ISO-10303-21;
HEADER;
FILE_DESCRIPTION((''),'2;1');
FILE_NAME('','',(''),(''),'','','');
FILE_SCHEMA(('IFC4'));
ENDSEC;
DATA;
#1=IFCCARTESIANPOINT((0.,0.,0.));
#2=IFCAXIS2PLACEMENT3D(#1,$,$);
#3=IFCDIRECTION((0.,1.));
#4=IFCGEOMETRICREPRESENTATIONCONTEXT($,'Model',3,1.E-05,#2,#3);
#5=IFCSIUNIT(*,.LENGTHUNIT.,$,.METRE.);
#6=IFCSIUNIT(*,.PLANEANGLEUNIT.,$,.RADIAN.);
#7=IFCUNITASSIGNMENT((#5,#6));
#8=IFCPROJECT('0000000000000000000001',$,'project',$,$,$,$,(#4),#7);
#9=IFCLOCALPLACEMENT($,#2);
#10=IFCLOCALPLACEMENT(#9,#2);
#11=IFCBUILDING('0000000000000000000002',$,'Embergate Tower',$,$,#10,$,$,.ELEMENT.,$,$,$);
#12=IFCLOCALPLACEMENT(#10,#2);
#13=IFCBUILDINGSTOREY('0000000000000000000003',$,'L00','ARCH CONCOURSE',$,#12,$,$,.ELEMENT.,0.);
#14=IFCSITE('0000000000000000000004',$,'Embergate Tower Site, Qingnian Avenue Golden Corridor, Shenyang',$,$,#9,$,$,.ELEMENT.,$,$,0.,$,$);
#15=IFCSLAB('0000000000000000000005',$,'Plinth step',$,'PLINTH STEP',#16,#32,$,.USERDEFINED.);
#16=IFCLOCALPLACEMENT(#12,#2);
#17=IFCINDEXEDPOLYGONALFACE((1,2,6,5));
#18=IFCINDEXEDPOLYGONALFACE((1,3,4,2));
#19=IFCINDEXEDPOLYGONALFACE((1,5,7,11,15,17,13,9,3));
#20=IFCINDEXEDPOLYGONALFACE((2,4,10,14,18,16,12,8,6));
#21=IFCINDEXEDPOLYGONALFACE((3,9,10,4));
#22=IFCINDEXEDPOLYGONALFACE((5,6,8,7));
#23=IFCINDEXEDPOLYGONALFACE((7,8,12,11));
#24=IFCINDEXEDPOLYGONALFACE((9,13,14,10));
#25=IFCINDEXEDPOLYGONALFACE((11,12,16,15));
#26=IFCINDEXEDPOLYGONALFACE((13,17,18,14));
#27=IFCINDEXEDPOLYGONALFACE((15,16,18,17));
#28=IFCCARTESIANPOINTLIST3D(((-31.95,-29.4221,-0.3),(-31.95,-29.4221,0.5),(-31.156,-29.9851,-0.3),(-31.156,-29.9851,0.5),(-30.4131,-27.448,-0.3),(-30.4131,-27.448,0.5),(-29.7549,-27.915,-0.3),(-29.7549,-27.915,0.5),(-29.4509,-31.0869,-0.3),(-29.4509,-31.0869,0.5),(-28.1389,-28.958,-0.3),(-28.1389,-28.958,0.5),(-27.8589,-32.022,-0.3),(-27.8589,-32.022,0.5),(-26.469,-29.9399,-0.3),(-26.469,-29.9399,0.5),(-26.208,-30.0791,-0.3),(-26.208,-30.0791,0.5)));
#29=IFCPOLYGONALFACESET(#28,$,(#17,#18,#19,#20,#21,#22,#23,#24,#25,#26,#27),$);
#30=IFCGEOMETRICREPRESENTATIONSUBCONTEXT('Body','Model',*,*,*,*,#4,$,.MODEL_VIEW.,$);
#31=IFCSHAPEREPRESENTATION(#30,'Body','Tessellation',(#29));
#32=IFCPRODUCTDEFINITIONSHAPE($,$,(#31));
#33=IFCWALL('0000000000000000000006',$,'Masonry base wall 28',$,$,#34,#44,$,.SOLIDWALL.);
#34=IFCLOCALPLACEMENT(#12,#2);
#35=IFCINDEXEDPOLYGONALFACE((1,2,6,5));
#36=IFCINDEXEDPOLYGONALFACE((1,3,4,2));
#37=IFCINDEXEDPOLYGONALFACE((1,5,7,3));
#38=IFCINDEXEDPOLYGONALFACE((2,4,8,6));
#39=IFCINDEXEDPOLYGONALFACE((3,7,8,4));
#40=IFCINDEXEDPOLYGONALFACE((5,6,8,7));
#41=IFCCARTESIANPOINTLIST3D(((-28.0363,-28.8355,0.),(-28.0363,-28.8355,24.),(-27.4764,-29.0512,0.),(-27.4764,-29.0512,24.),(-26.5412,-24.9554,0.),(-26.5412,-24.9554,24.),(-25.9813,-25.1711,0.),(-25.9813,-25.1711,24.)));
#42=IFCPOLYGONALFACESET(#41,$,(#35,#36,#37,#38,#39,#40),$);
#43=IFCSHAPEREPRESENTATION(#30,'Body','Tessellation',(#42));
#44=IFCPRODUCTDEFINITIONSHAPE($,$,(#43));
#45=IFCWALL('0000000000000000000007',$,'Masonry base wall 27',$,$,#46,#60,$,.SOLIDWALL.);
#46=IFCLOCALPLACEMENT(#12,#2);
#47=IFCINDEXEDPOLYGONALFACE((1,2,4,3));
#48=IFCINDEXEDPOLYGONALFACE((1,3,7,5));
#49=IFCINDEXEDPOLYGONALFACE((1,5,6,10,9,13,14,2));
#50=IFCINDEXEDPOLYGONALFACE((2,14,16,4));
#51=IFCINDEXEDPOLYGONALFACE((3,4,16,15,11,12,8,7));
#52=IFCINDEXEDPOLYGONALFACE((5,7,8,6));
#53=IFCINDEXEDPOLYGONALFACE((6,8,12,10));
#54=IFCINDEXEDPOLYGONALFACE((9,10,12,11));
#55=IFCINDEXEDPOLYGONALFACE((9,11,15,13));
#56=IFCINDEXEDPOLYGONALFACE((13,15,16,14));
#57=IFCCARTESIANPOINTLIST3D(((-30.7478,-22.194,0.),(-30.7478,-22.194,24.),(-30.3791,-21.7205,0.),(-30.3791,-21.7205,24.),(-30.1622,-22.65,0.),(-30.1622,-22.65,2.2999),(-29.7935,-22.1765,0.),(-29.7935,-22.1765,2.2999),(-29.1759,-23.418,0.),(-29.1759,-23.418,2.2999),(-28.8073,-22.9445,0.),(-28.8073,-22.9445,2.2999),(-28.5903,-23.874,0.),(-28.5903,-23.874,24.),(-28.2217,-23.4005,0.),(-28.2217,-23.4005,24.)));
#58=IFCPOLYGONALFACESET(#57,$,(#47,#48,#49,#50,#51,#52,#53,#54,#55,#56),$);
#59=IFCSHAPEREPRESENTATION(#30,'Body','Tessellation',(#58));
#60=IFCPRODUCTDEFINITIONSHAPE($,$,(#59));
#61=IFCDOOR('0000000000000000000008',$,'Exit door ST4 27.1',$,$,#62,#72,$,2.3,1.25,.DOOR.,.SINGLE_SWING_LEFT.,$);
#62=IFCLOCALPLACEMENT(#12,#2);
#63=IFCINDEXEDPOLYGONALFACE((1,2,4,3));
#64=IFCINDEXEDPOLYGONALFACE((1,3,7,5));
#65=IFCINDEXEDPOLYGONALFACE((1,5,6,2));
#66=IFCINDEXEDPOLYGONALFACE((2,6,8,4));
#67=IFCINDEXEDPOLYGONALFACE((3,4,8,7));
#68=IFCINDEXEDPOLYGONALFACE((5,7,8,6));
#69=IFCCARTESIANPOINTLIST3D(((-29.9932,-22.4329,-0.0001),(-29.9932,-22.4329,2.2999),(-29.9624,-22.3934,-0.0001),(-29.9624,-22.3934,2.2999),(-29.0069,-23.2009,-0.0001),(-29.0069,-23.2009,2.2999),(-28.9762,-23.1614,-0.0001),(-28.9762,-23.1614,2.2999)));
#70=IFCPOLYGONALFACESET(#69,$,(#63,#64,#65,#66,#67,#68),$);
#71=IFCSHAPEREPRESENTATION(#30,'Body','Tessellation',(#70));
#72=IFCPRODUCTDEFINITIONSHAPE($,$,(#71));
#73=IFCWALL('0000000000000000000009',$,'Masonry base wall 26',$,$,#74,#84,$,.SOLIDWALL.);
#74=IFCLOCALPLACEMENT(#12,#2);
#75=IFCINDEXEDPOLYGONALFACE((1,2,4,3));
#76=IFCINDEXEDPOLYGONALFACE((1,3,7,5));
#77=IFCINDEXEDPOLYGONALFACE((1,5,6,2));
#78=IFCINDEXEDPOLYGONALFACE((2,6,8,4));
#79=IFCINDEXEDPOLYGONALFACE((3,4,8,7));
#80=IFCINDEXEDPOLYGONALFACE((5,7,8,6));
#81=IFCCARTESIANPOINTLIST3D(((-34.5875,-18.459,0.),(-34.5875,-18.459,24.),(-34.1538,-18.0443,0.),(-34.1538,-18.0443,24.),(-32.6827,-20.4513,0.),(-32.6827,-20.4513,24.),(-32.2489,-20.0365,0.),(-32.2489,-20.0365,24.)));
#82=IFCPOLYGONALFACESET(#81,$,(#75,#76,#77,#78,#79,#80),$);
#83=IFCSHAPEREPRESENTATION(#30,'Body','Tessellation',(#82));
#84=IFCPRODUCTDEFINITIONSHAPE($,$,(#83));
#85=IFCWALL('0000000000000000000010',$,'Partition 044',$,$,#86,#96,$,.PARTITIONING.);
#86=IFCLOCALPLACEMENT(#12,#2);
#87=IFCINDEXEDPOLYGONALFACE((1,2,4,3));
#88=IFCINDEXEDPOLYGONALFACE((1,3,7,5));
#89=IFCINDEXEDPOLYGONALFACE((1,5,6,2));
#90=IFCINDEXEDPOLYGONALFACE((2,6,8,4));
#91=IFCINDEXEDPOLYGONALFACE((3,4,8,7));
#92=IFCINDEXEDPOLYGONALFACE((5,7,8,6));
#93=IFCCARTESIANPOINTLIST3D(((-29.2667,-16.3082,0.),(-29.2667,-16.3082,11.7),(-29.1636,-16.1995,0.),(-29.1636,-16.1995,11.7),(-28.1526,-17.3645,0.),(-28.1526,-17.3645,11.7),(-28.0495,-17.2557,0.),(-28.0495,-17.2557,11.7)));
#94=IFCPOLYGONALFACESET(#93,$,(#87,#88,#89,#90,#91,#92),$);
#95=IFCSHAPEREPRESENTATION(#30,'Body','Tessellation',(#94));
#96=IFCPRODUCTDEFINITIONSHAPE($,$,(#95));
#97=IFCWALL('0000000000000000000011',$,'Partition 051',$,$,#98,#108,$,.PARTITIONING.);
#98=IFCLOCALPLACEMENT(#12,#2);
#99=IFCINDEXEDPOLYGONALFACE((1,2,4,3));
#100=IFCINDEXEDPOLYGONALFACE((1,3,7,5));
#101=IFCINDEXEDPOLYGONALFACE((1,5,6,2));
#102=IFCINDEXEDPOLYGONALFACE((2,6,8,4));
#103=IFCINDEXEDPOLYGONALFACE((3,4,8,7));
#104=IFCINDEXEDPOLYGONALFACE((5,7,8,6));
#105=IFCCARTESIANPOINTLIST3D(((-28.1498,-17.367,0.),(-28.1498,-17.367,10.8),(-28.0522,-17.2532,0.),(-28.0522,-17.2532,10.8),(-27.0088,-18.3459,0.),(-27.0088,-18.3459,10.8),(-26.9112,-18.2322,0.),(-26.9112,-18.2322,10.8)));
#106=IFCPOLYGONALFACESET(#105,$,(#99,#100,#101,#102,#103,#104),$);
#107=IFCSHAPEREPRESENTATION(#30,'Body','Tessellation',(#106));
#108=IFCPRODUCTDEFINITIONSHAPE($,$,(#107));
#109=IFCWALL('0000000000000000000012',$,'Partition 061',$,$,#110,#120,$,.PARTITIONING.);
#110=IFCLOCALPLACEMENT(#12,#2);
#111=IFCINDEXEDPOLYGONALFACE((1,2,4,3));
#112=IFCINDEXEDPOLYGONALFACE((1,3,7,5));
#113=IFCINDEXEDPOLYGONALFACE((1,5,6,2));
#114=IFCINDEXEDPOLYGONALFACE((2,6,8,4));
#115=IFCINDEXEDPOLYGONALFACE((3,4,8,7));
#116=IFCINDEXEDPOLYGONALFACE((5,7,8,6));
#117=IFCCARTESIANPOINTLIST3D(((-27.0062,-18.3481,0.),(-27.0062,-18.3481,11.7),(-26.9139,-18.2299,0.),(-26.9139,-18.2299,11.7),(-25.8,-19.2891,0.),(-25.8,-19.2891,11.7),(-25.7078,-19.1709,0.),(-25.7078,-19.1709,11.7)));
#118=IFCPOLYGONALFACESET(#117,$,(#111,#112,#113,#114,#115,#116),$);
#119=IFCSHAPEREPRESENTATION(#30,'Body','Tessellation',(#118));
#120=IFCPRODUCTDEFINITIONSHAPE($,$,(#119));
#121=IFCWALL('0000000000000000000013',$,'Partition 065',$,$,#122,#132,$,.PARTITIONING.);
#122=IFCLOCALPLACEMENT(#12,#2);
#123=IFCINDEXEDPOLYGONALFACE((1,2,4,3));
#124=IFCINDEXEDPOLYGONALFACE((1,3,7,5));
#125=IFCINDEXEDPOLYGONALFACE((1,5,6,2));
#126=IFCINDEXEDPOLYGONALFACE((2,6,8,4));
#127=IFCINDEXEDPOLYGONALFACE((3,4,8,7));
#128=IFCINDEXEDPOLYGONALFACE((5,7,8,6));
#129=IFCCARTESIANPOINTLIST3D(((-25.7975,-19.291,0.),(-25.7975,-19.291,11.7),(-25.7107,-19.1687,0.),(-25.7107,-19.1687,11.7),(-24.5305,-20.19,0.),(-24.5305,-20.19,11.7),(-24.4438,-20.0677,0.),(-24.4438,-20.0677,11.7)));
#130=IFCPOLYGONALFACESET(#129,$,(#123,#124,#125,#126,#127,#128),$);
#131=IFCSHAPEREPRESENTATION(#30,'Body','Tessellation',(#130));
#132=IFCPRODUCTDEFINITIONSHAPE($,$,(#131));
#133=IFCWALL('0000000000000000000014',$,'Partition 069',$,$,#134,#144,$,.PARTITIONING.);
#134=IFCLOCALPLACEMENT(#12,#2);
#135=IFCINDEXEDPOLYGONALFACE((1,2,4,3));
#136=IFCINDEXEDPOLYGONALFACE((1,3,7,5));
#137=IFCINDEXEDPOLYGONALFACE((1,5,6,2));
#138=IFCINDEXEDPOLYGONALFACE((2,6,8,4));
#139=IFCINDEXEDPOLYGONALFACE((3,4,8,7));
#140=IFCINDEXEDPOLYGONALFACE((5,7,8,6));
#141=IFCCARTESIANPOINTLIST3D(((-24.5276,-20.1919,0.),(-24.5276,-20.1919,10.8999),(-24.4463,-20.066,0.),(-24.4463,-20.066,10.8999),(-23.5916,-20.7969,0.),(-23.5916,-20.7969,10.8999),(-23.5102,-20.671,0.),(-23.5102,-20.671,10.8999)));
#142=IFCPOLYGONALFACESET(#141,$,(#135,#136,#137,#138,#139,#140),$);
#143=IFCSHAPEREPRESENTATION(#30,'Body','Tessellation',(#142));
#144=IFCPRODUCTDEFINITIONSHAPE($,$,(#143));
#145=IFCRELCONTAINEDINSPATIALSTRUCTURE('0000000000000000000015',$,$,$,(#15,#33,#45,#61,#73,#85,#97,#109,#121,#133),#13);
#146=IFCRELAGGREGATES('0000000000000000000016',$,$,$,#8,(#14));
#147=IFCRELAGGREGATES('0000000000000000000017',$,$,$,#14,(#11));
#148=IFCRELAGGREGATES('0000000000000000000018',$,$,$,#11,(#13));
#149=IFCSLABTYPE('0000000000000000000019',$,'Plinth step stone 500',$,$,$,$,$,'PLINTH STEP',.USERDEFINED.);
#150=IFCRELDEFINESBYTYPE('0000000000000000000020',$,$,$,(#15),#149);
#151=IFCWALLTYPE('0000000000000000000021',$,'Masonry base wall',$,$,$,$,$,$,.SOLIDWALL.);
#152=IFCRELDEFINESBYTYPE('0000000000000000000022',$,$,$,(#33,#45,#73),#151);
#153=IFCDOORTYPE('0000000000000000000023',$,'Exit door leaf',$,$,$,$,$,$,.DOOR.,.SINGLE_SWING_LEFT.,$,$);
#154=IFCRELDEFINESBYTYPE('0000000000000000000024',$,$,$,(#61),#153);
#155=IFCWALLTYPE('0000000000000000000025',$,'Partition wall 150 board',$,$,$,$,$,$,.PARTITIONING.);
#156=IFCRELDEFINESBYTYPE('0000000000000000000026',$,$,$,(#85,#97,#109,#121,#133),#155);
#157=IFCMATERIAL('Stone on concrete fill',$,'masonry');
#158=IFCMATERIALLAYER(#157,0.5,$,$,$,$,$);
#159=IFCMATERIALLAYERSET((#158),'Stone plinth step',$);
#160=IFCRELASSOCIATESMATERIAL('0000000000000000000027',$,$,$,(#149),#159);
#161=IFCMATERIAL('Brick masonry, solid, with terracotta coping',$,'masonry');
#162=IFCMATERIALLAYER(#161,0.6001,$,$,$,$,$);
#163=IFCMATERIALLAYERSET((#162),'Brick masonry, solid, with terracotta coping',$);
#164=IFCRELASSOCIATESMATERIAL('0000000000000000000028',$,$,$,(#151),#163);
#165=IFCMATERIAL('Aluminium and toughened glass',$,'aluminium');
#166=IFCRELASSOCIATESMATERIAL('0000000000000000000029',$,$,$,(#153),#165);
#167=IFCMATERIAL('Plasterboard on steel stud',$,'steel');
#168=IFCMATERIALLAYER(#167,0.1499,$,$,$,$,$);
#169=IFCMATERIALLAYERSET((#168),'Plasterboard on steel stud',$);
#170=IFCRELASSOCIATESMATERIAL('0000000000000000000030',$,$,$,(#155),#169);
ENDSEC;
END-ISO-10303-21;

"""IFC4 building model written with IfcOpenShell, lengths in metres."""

from ifc_helpers import new_model, si_unit, direction, frame, frame_2d, origin, place, context, subcontext, project, spatial, polyline, rectangle, outline, extrude, source, transform, mapped, material, layer, layer_set, type_object, element, fill, save


model = new_model("IFC4")

# Units and contexts
model_context = context("Model", 3, precision=1e-05, world=origin(), true_north=direction((0.0, 1.0)))
body_context = subcontext(model_context, "Body", "Model", "MODEL_VIEW")
ifc_project = project(units=[si_unit("LENGTHUNIT", "METRE"), si_unit("PLANEANGLEUNIT", "RADIAN")], contexts=[model_context])

# Site, building, storey
site_placement = place(None, origin())
site = spatial("IfcSite", under=ifc_project, at=site_placement, Name="Embergate Tower Site, Qingnian Avenue Golden Corridor, Shenyang", CompositionType="ELEMENT", RefElevation=0.0)
building_placement = place(site_placement, origin())
building = spatial("IfcBuilding", under=site, at=building_placement, Name="Embergate Tower", CompositionType="ELEMENT")
storey_placement = place(building_placement, origin())
storey = spatial("IfcBuildingStorey", under=building, at=storey_placement, Name="L00", Description="ARCH CONCOURSE", CompositionType="ELEMENT", Elevation=0.0)

# Slab
ifc_material_1 = material(Name="Stone on concrete fill", Category="masonry")
ifc_layer_1 = layer(ifc_material_1, 0.5)
ifc_layer_set_1 = layer_set([ifc_layer_1], Name="Stone plinth step")
slab_type_1 = type_object("IfcSlabType", Name="Plinth step stone 500", ElementType="PLINTH STEP", PredefinedType="USERDEFINED", material=ifc_layer_set_1)
shared_shape_1 = source(origin(), body_context, "Body", "SweptSolid", [
    extrude(outline(polyline([(0.0, 0.0), (-1.592, 0.9351), (-3.2971, 2.0369), (-4.0911, 2.5999), (-2.5542, 4.574), (-1.896, 4.1069), (-0.28, 3.064), (1.3899, 2.082), (1.6509, 1.9429), (0.0, 0.0)])), origin(), (0.0, 0.0, 1.0), 0.8),
])
slab_1_placement = place(storey_placement, frame((-27.8589, -32.022, -0.3)))
element("IfcSlab", 1, at=slab_1_placement, inside=storey, type_object=slab_type_1, Name="Plinth step", ObjectType="PLINTH STEP", PredefinedType="USERDEFINED", context=body_context, shape_type="MappedRepresentation", body=[
    mapped(shared_shape_1, transform((0.0, 0.0, 0.0))),
])

# Wall
ifc_material_2 = material(Name="Brick masonry, solid, with terracotta coping", Category="masonry")
ifc_layer_2 = layer(ifc_material_2, 0.6001)
ifc_layer_set_2 = layer_set([ifc_layer_2], Name="Brick masonry, solid, with terracotta coping")
wall_type_1 = type_object("IfcWallType", Name="Masonry base wall", PredefinedType="SOLIDWALL", material=ifc_layer_set_2)
shared_shape_2 = source(origin(), body_context, "Body", "SweptSolid", [
    extrude(rectangle(XDim=4.1582, YDim=0.6001, at=frame_2d((2.0791, 0.0))), origin(), (0.0, 0.0, 1.0), 24.0),
])
wall_1_placement = place(storey_placement, frame((-27.7563, -28.9434, 0.0), z_axis=(0.0, 0.0, 1.0), x_axis=(0.359557, 0.933123, 0.0)))
element("IfcWall", 2, at=wall_1_placement, inside=storey, type_object=wall_type_1, Name="Masonry base wall 28", PredefinedType="SOLIDWALL", context=body_context, shape_type="MappedRepresentation", body=[
    mapped(shared_shape_2, transform((0.0, 0.0, 0.0))),
])

# Wall, opening, door
shared_shape_3 = source(origin(), body_context, "Body", "SweptSolid", [
    extrude(rectangle(XDim=2.7344, YDim=0.6001, at=frame_2d((1.3672, 0.0))), origin(), (0.0, 0.0, 1.0), 24.0),
])
wall_2_placement = place(storey_placement, frame((-28.406, -23.6372, 0.0), z_axis=(0.0, 0.0, 1.0), x_axis=(-0.789016, 0.614373, 0.0)))
wall_2 = element("IfcWall", 3, at=wall_2_placement, inside=storey, type_object=wall_type_1, Name="Masonry base wall 27", PredefinedType="SOLIDWALL", context=body_context, shape_type="MappedRepresentation", body=[
    mapped(shared_shape_3, transform((0.0, 0.0, 0.0))),
])
shared_shape_4 = source(origin(), body_context, "Body", "SweptSolid", [
    extrude(rectangle(XDim=1.25, YDim=2.3, at=frame_2d((0.625, 1.1499))), frame((0.0, 0.3101, 0.0), z_axis=(0.0, -1.0, 0.0), x_axis=(1.0, 0.0, 0.0)), (0.0, 0.0, 1.0), 0.6201),
])
opening_placement = place(wall_2_placement, frame((0.7422, 0.0, 0.0)))
opening = element("IfcOpeningElement", 4, at=opening_placement, cuts=wall_2, PredefinedType="OPENING", context=body_context, shape_type="MappedRepresentation", body=[
    mapped(shared_shape_4, transform((0.0, 0.0, 0.0))),
])
ifc_material_3 = material(Name="Aluminium and toughened glass", Category="aluminium")
door_type = type_object("IfcDoorType", Name="Exit door leaf", OperationType="SINGLE_SWING_LEFT", PredefinedType="DOOR", material=ifc_material_3)
shared_shape_5 = source(origin(), body_context, "Body", "SweptSolid", [
    extrude(rectangle(XDim=1.25, YDim=2.3, at=frame_2d((0.625, 1.1499))), frame((0.0, 0.0249, 0.0), z_axis=(0.0, -1.0, 0.0), x_axis=(1.0, 0.0, 0.0)), (0.0, 0.0, 1.0), 0.05),
])
door_placement = place(opening_placement, origin())
door = element("IfcDoor", 5, at=door_placement, inside=storey, type_object=door_type, Name="Exit door ST4 27.1", OperationType="SINGLE_SWING_LEFT", OverallHeight=2.3, OverallWidth=1.25, PredefinedType="DOOR", context=body_context, shape_type="MappedRepresentation", body=[
    mapped(shared_shape_5, transform((0.0, 0.0, 0.0))),
])
fill(opening, door)

# Walls
shared_shape_6 = source(origin(), body_context, "Body", "SweptSolid", [
    extrude(rectangle(XDim=2.7563, YDim=0.6001, at=frame_2d((1.3782, 0.0))), origin(), (0.0, 0.0, 1.0), 24.0),
])
wall_3_placement = place(storey_placement, frame((-32.4658, -20.2439, 0.0), z_axis=(0.0, 0.0, 1.0), x_axis=(-0.691074, 0.722784, 0.0)))
element("IfcWall", 6, at=wall_3_placement, inside=storey, type_object=wall_type_1, Name="Masonry base wall 26", PredefinedType="SOLIDWALL", context=body_context, shape_type="MappedRepresentation", body=[
    mapped(shared_shape_6, transform((0.0, 0.0, 0.0))),
])
ifc_material_4 = material(Name="Plasterboard on steel stud", Category="steel")
ifc_layer_3 = layer(ifc_material_4, 0.1499)
ifc_layer_set_3 = layer_set([ifc_layer_3], Name="Plasterboard on steel stud")
wall_type_2 = type_object("IfcWallType", Name="Partition wall 150 board", PredefinedType="PARTITIONING", material=ifc_layer_set_3)
shared_shape_7 = source(origin(), body_context, "Body", "SweptSolid", [
    extrude(rectangle(XDim=1.5352, YDim=0.1499, at=frame_2d((0.7676, 0.0))), origin(), (0.0, 0.0, 1.0), 11.7),
])
wall_4_placement = place(storey_placement, frame((-28.1011, -17.3101, 0.0), z_axis=(0.0, 0.0, 1.0), x_axis=(-0.725702, 0.688009, 0.0)))
element("IfcWall", 7, at=wall_4_placement, inside=storey, type_object=wall_type_2, Name="Partition 044", PredefinedType="PARTITIONING", context=body_context, shape_type="MappedRepresentation", body=[
    mapped(shared_shape_7, transform((0.0, 0.0, 0.0))),
])
shared_shape_8 = source(origin(), body_context, "Body", "SweptSolid", [
    extrude(rectangle(XDim=1.5034, YDim=0.1499, at=frame_2d((0.7517, 0.0))), origin(), (0.0, 0.0, 1.0), 10.8),
])
wall_5_placement = place(storey_placement, frame((-26.96, -18.2891, 0.0), z_axis=(0.0, 0.0, 1.0), x_axis=(-0.758959, 0.651139, 0.0)))
element("IfcWall", 8, at=wall_5_placement, inside=storey, type_object=wall_type_2, Name="Partition 051", PredefinedType="PARTITIONING", context=body_context, shape_type="MappedRepresentation", body=[
    mapped(shared_shape_8, transform((0.0, 0.0, 0.0))),
])
shared_shape_9 = source(origin(), body_context, "Body", "SweptSolid", [
    extrude(rectangle(XDim=1.5298, YDim=0.1499, at=frame_2d((0.7649, 0.0))), origin(), (0.0, 0.0, 1.0), 11.7),
])
wall_6_placement = place(storey_placement, frame((-25.7539, -19.23, 0.0), z_axis=(0.0, 0.0, 1.0), x_axis=(-0.78844, 0.615111, 0.0)))
element("IfcWall", 9, at=wall_6_placement, inside=storey, type_object=wall_type_2, Name="Partition 061", PredefinedType="PARTITIONING", context=body_context, shape_type="MappedRepresentation", body=[
    mapped(shared_shape_9, transform((0.0, 0.0, 0.0))),
])
shared_shape_10 = source(origin(), body_context, "Body", "SweptSolid", [
    extrude(rectangle(XDim=1.5535, YDim=0.1499, at=frame_2d((0.7769, 0.0))), origin(), (0.0, 0.0, 1.0), 11.7),
])
wall_7_placement = place(storey_placement, frame((-24.4871, -20.1289, 0.0), z_axis=(0.0, 0.0, 1.0), x_axis=(-0.815545, 0.578693, 0.0)))
element("IfcWall", 10, at=wall_7_placement, inside=storey, type_object=wall_type_2, Name="Partition 065", PredefinedType="PARTITIONING", context=body_context, shape_type="MappedRepresentation", body=[
    mapped(shared_shape_10, transform((0.0, 0.0, 0.0))),
])
shared_shape_11 = source(origin(), body_context, "Body", "SweptSolid", [
    extrude(rectangle(XDim=1.1145, YDim=0.1499, at=frame_2d((0.5571, 0.0))), origin(), (0.0, 0.0, 1.0), 10.8999),
])
wall_8_placement = place(storey_placement, frame((-23.551, -20.7339, 0.0), z_axis=(0.0, 0.0, 1.0), x_axis=(-0.839852, 0.542815, 0.0)))
element("IfcWall", 11, at=wall_8_placement, inside=storey, type_object=wall_type_2, Name="Partition 069", PredefinedType="PARTITIONING", context=body_context, shape_type="MappedRepresentation", body=[
    mapped(shared_shape_11, transform((0.0, 0.0, 0.0))),
])

save(model, "model.ifc")
